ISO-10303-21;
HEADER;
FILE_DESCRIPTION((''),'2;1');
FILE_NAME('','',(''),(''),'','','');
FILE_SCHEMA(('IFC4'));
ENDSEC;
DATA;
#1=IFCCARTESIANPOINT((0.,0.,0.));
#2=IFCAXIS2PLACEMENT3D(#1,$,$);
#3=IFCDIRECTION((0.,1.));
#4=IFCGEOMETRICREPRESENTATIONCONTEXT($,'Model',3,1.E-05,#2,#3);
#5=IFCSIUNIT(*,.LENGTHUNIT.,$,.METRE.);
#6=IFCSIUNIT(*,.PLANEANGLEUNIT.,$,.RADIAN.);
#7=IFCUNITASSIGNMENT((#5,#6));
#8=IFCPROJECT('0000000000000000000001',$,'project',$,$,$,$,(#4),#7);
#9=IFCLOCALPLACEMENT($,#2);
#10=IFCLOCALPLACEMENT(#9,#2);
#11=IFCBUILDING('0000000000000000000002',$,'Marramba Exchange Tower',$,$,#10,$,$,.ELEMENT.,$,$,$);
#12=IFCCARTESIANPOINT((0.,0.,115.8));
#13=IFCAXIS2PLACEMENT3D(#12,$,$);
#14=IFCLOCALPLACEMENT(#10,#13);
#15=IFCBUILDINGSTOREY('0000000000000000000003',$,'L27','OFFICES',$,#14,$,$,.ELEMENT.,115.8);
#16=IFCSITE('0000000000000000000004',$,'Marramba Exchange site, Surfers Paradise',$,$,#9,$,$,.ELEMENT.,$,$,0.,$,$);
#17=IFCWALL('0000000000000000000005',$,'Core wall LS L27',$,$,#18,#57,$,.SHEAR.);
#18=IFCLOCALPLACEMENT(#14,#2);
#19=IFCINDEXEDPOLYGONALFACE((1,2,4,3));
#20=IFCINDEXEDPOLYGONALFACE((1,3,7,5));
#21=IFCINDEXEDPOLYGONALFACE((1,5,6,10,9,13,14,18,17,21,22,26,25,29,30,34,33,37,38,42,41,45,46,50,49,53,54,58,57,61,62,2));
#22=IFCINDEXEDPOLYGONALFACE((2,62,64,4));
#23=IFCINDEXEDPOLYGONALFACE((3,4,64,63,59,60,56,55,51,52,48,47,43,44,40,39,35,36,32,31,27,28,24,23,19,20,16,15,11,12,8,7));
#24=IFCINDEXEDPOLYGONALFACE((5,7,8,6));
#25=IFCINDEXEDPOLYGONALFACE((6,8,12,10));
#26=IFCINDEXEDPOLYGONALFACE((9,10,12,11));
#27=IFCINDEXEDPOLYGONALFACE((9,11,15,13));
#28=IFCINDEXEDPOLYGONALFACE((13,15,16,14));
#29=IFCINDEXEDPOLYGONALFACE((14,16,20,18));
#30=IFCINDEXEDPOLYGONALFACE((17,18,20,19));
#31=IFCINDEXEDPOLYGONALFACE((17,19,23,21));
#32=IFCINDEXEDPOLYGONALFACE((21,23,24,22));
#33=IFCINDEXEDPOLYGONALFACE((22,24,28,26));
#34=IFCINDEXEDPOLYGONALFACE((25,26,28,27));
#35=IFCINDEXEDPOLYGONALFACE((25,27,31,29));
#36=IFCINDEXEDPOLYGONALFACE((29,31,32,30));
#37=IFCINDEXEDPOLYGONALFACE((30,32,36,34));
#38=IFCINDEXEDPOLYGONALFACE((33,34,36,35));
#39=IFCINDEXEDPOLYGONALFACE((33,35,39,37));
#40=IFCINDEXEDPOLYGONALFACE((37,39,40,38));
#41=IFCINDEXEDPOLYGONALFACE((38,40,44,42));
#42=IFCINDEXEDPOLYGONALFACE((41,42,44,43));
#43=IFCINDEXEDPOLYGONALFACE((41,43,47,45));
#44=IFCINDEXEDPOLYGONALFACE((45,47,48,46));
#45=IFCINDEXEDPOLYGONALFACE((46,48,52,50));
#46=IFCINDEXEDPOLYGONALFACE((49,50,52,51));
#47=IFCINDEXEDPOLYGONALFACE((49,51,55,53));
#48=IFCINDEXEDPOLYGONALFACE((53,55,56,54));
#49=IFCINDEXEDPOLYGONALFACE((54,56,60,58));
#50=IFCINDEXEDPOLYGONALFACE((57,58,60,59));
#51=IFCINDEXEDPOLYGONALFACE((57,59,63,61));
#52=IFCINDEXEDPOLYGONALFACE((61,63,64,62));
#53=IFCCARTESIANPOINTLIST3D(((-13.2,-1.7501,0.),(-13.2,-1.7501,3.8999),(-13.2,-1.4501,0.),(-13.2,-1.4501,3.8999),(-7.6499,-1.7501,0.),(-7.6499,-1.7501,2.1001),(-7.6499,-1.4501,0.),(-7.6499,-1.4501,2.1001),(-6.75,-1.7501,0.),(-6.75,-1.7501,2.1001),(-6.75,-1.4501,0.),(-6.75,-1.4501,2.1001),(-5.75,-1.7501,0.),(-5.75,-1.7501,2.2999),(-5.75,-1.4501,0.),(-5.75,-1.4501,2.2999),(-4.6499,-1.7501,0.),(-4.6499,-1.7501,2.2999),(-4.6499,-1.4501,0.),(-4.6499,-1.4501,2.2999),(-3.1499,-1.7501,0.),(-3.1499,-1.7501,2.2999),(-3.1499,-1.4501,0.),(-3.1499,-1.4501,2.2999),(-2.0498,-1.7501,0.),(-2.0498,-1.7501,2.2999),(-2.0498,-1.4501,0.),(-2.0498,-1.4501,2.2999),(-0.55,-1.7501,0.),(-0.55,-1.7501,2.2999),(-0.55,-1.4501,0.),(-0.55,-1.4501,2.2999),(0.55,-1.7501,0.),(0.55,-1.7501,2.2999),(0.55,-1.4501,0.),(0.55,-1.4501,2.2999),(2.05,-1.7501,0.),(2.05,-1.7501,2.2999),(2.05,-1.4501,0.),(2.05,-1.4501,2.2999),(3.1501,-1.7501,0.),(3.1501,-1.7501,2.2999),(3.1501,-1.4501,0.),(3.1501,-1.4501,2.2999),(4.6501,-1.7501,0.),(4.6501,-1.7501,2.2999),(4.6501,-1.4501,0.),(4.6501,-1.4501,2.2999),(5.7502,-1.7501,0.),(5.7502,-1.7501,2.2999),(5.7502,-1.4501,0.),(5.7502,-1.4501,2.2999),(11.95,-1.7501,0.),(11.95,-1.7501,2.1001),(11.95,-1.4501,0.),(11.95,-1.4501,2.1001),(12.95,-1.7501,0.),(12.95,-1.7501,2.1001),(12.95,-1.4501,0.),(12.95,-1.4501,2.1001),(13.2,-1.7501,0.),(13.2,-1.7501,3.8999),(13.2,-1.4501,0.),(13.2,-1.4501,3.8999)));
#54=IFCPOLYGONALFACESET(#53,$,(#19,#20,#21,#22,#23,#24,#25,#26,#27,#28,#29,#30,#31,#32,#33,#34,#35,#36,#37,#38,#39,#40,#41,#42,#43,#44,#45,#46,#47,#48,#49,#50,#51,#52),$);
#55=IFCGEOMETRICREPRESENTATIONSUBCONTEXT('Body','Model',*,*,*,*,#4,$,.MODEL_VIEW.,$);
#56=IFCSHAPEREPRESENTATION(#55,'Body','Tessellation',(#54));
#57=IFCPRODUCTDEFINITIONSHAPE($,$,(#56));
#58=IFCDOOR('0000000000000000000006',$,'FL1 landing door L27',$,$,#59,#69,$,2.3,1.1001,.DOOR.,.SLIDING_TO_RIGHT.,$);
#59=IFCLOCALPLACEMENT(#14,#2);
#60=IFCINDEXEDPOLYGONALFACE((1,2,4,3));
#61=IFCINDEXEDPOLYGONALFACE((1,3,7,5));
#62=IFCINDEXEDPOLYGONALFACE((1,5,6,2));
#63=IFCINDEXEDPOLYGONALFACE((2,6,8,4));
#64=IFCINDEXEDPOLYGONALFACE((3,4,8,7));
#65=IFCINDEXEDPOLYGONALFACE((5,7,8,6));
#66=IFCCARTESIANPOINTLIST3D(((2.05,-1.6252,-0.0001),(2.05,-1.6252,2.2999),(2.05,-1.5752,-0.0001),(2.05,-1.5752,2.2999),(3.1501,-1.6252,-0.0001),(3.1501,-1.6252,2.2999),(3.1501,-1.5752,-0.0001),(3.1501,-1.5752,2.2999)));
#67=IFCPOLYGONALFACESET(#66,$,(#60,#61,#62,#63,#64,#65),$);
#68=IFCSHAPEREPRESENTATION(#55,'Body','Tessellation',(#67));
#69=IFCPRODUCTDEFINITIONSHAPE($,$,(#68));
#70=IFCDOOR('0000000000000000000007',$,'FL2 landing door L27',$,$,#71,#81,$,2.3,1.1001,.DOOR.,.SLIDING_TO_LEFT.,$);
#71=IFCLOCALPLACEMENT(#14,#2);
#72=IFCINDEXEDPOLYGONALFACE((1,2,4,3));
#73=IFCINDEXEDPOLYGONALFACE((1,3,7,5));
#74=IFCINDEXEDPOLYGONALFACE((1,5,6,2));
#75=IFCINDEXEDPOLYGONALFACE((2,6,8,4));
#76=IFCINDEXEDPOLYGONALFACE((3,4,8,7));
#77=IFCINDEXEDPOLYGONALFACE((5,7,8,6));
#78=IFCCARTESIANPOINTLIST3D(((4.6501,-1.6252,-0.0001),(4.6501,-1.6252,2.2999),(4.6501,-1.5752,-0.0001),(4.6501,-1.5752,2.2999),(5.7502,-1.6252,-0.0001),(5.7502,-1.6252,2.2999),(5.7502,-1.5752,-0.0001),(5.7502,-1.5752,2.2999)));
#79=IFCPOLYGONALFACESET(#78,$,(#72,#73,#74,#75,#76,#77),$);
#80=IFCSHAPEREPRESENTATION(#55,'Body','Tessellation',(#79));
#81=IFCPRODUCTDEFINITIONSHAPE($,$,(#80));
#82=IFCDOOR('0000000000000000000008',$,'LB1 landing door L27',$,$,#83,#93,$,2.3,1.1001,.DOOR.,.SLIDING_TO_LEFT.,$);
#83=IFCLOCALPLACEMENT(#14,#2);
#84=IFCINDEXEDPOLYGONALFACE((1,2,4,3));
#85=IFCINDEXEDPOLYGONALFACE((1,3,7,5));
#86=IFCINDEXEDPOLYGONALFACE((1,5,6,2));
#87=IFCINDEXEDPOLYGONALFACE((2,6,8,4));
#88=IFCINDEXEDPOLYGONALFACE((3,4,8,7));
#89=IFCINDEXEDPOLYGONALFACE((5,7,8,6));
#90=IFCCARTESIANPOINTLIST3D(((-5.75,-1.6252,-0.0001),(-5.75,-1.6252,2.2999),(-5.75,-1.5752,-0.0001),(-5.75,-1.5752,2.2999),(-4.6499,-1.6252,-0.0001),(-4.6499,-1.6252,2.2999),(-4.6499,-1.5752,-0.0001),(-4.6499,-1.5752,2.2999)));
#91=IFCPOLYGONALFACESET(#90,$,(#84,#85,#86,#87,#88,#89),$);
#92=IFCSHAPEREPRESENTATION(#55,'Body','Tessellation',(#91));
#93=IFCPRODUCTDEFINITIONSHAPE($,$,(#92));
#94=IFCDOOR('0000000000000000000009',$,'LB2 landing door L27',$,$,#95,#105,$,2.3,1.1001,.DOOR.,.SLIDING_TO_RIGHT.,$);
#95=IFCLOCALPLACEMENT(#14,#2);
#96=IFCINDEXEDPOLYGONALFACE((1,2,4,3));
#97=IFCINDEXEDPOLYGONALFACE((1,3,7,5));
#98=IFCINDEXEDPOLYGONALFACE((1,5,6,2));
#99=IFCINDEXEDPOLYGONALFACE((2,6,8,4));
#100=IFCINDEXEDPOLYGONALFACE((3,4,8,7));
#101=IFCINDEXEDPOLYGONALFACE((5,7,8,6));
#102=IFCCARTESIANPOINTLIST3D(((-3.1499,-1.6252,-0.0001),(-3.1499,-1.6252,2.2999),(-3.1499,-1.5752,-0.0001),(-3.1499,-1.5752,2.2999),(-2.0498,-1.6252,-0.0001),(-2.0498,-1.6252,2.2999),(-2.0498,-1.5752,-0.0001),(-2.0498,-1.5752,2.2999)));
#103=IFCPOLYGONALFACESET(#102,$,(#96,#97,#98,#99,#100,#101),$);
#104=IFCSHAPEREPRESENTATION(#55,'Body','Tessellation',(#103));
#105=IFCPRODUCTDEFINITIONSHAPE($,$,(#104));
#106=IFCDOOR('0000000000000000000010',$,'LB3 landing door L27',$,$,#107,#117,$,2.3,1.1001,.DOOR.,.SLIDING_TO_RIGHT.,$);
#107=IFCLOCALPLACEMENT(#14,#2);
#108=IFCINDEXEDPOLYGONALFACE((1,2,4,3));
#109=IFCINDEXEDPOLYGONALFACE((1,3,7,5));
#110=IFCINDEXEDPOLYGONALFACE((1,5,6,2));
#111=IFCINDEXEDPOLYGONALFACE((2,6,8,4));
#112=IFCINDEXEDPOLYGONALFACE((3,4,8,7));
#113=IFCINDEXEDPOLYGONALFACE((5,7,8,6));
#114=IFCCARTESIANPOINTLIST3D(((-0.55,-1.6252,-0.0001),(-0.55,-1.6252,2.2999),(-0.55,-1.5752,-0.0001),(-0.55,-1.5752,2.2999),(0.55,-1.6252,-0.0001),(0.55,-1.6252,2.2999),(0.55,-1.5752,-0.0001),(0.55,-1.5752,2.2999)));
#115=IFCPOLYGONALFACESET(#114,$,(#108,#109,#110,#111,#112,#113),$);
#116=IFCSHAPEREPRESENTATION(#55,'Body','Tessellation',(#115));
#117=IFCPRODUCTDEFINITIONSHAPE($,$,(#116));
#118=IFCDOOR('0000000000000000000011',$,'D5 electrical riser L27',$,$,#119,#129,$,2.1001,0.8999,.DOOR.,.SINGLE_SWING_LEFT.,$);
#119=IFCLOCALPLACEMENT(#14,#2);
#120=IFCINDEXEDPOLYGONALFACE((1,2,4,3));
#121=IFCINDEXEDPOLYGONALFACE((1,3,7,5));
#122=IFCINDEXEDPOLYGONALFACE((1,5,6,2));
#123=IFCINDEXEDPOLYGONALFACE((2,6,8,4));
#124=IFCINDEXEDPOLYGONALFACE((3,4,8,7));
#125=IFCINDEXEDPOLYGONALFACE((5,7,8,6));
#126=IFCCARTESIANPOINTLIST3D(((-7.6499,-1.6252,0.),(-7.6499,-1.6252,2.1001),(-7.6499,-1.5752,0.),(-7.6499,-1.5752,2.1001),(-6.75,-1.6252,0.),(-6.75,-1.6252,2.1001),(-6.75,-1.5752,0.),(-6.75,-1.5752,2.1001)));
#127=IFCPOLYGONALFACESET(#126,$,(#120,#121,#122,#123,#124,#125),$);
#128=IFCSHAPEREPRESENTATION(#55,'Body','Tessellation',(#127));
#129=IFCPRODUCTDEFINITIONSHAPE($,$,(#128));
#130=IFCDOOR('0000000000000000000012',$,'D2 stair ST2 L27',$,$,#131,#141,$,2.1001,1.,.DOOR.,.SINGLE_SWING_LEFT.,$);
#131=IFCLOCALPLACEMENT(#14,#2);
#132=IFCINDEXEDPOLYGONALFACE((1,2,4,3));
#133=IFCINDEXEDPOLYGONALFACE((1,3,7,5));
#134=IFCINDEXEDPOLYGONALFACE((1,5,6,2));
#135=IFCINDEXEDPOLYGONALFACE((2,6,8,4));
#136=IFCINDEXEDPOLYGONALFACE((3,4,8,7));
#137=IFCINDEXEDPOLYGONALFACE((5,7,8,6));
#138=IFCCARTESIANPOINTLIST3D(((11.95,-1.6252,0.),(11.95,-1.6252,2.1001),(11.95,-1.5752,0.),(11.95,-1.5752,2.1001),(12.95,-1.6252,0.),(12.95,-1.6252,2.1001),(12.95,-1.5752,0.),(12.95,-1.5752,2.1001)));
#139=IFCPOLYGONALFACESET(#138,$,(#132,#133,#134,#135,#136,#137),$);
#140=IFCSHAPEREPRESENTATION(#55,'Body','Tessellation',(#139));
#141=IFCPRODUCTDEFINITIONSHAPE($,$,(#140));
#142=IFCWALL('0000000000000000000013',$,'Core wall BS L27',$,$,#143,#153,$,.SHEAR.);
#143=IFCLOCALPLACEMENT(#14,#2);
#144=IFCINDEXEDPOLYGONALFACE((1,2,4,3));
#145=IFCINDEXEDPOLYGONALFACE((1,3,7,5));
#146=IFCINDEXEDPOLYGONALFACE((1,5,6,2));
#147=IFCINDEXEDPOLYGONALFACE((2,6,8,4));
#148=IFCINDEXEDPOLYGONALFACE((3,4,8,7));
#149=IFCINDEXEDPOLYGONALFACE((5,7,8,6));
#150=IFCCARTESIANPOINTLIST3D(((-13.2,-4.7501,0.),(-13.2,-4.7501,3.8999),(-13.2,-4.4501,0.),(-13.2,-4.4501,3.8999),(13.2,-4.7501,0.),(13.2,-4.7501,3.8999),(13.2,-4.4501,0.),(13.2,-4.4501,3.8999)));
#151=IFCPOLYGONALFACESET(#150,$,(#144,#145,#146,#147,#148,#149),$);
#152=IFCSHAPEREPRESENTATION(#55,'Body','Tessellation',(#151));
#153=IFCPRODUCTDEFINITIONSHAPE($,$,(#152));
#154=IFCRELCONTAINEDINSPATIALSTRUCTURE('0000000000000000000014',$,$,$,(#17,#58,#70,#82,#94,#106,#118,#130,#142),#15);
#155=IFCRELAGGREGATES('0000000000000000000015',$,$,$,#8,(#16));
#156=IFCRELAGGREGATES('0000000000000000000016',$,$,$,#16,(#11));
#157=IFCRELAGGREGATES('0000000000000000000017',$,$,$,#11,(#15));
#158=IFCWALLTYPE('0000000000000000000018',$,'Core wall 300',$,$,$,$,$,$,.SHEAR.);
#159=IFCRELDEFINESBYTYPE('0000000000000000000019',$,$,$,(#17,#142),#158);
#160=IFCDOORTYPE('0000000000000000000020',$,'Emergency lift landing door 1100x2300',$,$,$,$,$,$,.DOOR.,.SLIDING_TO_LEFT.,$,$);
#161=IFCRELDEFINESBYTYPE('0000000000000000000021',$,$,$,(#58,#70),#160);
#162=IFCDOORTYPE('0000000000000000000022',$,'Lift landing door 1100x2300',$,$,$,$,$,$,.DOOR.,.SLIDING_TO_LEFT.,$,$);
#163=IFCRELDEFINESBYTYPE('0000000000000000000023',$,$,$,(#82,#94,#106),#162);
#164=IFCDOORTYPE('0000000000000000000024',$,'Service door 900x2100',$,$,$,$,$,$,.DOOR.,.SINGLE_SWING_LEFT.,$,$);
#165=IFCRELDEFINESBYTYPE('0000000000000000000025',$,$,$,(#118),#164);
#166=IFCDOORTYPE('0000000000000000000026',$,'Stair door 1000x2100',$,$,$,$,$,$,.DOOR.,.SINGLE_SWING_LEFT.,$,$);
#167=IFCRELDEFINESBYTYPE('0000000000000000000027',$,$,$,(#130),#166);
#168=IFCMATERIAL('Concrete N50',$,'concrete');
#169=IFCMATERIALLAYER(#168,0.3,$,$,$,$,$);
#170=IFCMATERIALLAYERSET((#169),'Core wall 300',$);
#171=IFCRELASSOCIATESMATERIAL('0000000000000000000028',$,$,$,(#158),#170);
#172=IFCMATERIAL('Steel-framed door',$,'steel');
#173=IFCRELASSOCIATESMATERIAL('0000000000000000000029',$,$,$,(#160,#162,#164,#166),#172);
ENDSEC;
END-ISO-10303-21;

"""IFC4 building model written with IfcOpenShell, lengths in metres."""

from ifc_helpers import new_model, si_unit, direction, frame, frame_2d, origin, place, context, subcontext, project, spatial, rectangle, extrude, material, layer, layer_set, type_object, element, fill, save


model = new_model("IFC4")

# Units and contexts
model_context = context("Model", 3, precision=1e-05, world=origin(), true_north=direction((0.0, 1.0)))
body_context = subcontext(model_context, "Body", "Model", "MODEL_VIEW")
ifc_project = project(units=[si_unit("LENGTHUNIT", "METRE"), si_unit("PLANEANGLEUNIT", "RADIAN")], contexts=[model_context])

# Site, building, storey
site_placement = place(None, origin())
site = spatial("IfcSite", under=ifc_project, at=site_placement, Name="Marramba Exchange site, Surfers Paradise", CompositionType="ELEMENT", RefElevation=0.0)
building_placement = place(site_placement, origin())
building = spatial("IfcBuilding", under=site, at=building_placement, Name="Marramba Exchange Tower", CompositionType="ELEMENT")
storey_placement = place(building_placement, frame((0.0, 0.0, 115.8)))
storey = spatial("IfcBuildingStorey", under=building, at=storey_placement, Name="L27", Description="OFFICES", CompositionType="ELEMENT", Elevation=115.8)

# Shared definitions
ifc_material_1 = material(Name="Concrete N50", Category="concrete")

# Wall, openings, doors
ifc_layer_1 = layer(ifc_material_1, 0.3)
ifc_layer_set_1 = layer_set([ifc_layer_1], Name="Core wall 300")
wall_type_1 = type_object("IfcWallType", Name="Core wall 300", PredefinedType="SHEAR", material=ifc_layer_set_1)
wall_1_placement = place(storey_placement, frame((-13.2, -1.6001, 0.0), z_axis=(0.0, 0.0, 1.0), x_axis=(1.0, 0.0, 0.0)))
wall_1 = element("IfcWall", 1, at=wall_1_placement, inside=storey, type_object=wall_type_1, Name="Core wall LS L27", PredefinedType="SHEAR", context=body_context, shape_type="SweptSolid", body=[
    extrude(rectangle(XDim=26.3999, YDim=0.3, at=frame_2d((13.2, 0.0))), origin(), (0.0, 0.0, 1.0), 3.8999),
])
opening_1_placement = place(wall_1_placement, frame((25.1499, 0.0, 0.0)))
opening_1 = element("IfcOpeningElement", 2, at=opening_1_placement, cuts=wall_1, PredefinedType="OPENING", context=body_context, shape_type="SweptSolid", body=[
    extrude(rectangle(XDim=1.0, YDim=2.1001, at=frame_2d((0.5, 1.05))), frame((0.0, 0.1599, 0.0), z_axis=(0.0, -1.0, 0.0), x_axis=(1.0, 0.0, 0.0)), (0.0, 0.0, 1.0), 0.3201),
])
opening_2_placement = place(wall_1_placement, frame((7.45, 0.0, 0.0)))
opening_2 = element("IfcOpeningElement", 3, at=opening_2_placement, cuts=wall_1, PredefinedType="OPENING", context=body_context, shape_type="SweptSolid", body=[
    extrude(rectangle(XDim=1.1001, YDim=2.3, at=frame_2d((0.55, 1.1499))), frame((0.0, 0.1599, 0.0), z_axis=(0.0, -1.0, 0.0), x_axis=(1.0, 0.0, 0.0)), (0.0, 0.0, 1.0), 0.3201),
])
opening_3_placement = place(wall_1_placement, frame((10.05, 0.0, 0.0)))
opening_3 = element("IfcOpeningElement", 4, at=opening_3_placement, cuts=wall_1, PredefinedType="OPENING", context=body_context, shape_type="SweptSolid", body=[
    extrude(rectangle(XDim=1.1001, YDim=2.3, at=frame_2d((0.55, 1.1499))), frame((0.0, 0.1599, 0.0), z_axis=(0.0, -1.0, 0.0), x_axis=(1.0, 0.0, 0.0)), (0.0, 0.0, 1.0), 0.3201),
])
opening_4_placement = place(wall_1_placement, frame((12.6499, 0.0, 0.0)))
opening_4 = element("IfcOpeningElement", 5, at=opening_4_placement, cuts=wall_1, PredefinedType="OPENING", context=body_context, shape_type="SweptSolid", body=[
    extrude(rectangle(XDim=1.1001, YDim=2.3, at=frame_2d((0.55, 1.1499))), frame((0.0, 0.1599, 0.0), z_axis=(0.0, -1.0, 0.0), x_axis=(1.0, 0.0, 0.0)), (0.0, 0.0, 1.0), 0.3201),
])
opening_5_placement = place(wall_1_placement, frame((15.25, 0.0, 0.0)))
opening_5 = element("IfcOpeningElement", 6, at=opening_5_placement, cuts=wall_1, PredefinedType="OPENING", context=body_context, shape_type="SweptSolid", body=[
    extrude(rectangle(XDim=1.1001, YDim=2.3, at=frame_2d((0.55, 1.1499))), frame((0.0, 0.1599, 0.0), z_axis=(0.0, -1.0, 0.0), x_axis=(1.0, 0.0, 0.0)), (0.0, 0.0, 1.0), 0.3201),
])
opening_6_placement = place(wall_1_placement, frame((17.8501, 0.0, 0.0)))
opening_6 = element("IfcOpeningElement", 7, at=opening_6_placement, cuts=wall_1, PredefinedType="OPENING", context=body_context, shape_type="SweptSolid", body=[
    extrude(rectangle(XDim=1.1001, YDim=2.3, at=frame_2d((0.55, 1.1499))), frame((0.0, 0.1599, 0.0), z_axis=(0.0, -1.0, 0.0), x_axis=(1.0, 0.0, 0.0)), (0.0, 0.0, 1.0), 0.3201),
])
opening_7_placement = place(wall_1_placement, frame((5.55, 0.0, 0.0)))
opening_7 = element("IfcOpeningElement", 8, at=opening_7_placement, cuts=wall_1, PredefinedType="OPENING", context=body_context, shape_type="SweptSolid", body=[
    extrude(rectangle(XDim=0.8999, YDim=2.1001, at=frame_2d((0.45, 1.05))), frame((0.0, 0.1599, 0.0), z_axis=(0.0, -1.0, 0.0), x_axis=(1.0, 0.0, 0.0)), (0.0, 0.0, 1.0), 0.3201),
])
ifc_material_2 = material(Name="Steel-framed door", Category="steel")
door_type_1 = type_object("IfcDoorType", Name="Emergency lift landing door 1100x2300", OperationType="SLIDING_TO_LEFT", PredefinedType="DOOR", material=ifc_material_2)
door_1_placement = place(opening_5_placement, frame((1.1001, 0.0, 0.0), z_axis=(0.0, 0.0, 1.0), x_axis=(-1.0, 0.0, 0.0)))
door_1 = element("IfcDoor", 9, at=door_1_placement, inside=storey, type_object=door_type_1, Name="FL1 landing door L27", OperationType="SLIDING_TO_RIGHT", OverallHeight=2.3, OverallWidth=1.1001, PredefinedType="DOOR", context=body_context, shape_type="SweptSolid", body=[
    extrude(rectangle(XDim=1.1001, YDim=2.3, at=frame_2d((0.55, 1.1499))), frame((0.0, 0.0251, 0.0), z_axis=(0.0, -1.0, 0.0), x_axis=(1.0, 0.0, 0.0)), (0.0, 0.0, 1.0), 0.05),
])
fill(opening_5, door_1)
door_2_placement = place(opening_6_placement, frame((1.1001, 0.0, 0.0), z_axis=(0.0, 0.0, 1.0), x_axis=(-1.0, 0.0, 0.0)))
door_2 = element("IfcDoor", 10, at=door_2_placement, inside=storey, type_object=door_type_1, Name="FL2 landing door L27", OperationType="SLIDING_TO_LEFT", OverallHeight=2.3, OverallWidth=1.1001, PredefinedType="DOOR", context=body_context, shape_type="SweptSolid", body=[
    extrude(rectangle(XDim=1.1001, YDim=2.3, at=frame_2d((0.55, 1.1499))), frame((0.0, 0.0251, 0.0), z_axis=(0.0, -1.0, 0.0), x_axis=(1.0, 0.0, 0.0)), (0.0, 0.0, 1.0), 0.05),
])
fill(opening_6, door_2)
door_type_2 = type_object("IfcDoorType", Name="Lift landing door 1100x2300", OperationType="SLIDING_TO_LEFT", PredefinedType="DOOR", material=ifc_material_2)
door_3_placement = place(opening_2_placement, frame((1.1001, 0.0, 0.0), z_axis=(0.0, 0.0, 1.0), x_axis=(-1.0, 0.0, 0.0)))
door_3 = element("IfcDoor", 11, at=door_3_placement, inside=storey, type_object=door_type_2, Name="LB1 landing door L27", OperationType="SLIDING_TO_LEFT", OverallHeight=2.3, OverallWidth=1.1001, PredefinedType="DOOR", context=body_context, shape_type="SweptSolid", body=[
    extrude(rectangle(XDim=1.1001, YDim=2.3, at=frame_2d((0.55, 1.1499))), frame((0.0, 0.0251, 0.0), z_axis=(0.0, -1.0, 0.0), x_axis=(1.0, 0.0, 0.0)), (0.0, 0.0, 1.0), 0.05),
])
fill(opening_2, door_3)
door_4_placement = place(opening_3_placement, frame((1.1001, 0.0, 0.0), z_axis=(0.0, 0.0, 1.0), x_axis=(-1.0, 0.0, 0.0)))
door_4 = element("IfcDoor", 12, at=door_4_placement, inside=storey, type_object=door_type_2, Name="LB2 landing door L27", OperationType="SLIDING_TO_RIGHT", OverallHeight=2.3, OverallWidth=1.1001, PredefinedType="DOOR", context=body_context, shape_type="SweptSolid", body=[
    extrude(rectangle(XDim=1.1001, YDim=2.3, at=frame_2d((0.55, 1.1499))), frame((0.0, 0.0251, 0.0), z_axis=(0.0, -1.0, 0.0), x_axis=(1.0, 0.0, 0.0)), (0.0, 0.0, 1.0), 0.05),
])
fill(opening_3, door_4)
door_5_placement = place(opening_4_placement, frame((1.1001, 0.0, 0.0), z_axis=(0.0, 0.0, 1.0), x_axis=(-1.0, 0.0, 0.0)))
door_5 = element("IfcDoor", 13, at=door_5_placement, inside=storey, type_object=door_type_2, Name="LB3 landing door L27", OperationType="SLIDING_TO_RIGHT", OverallHeight=2.3, OverallWidth=1.1001, PredefinedType="DOOR", context=body_context, shape_type="SweptSolid", body=[
    extrude(rectangle(XDim=1.1001, YDim=2.3, at=frame_2d((0.55, 1.1499))), frame((0.0, 0.0251, 0.0), z_axis=(0.0, -1.0, 0.0), x_axis=(1.0, 0.0, 0.0)), (0.0, 0.0, 1.0), 0.05),
])
fill(opening_4, door_5)
door_type_3 = type_object("IfcDoorType", Name="Service door 900x2100", OperationType="SINGLE_SWING_LEFT", PredefinedType="DOOR", material=ifc_material_2)
door_6_placement = place(opening_7_placement, frame((0.8999, 0.0, 0.0), z_axis=(0.0, 0.0, 1.0), x_axis=(-1.0, 0.0, 0.0)))
door_6 = element("IfcDoor", 14, at=door_6_placement, inside=storey, type_object=door_type_3, Name="D5 electrical riser L27", OperationType="SINGLE_SWING_LEFT", OverallHeight=2.1001, OverallWidth=0.8999, PredefinedType="DOOR", context=body_context, shape_type="SweptSolid", body=[
    extrude(rectangle(XDim=0.8999, YDim=2.1001, at=frame_2d((0.45, 1.05))), frame((0.0, 0.0251, 0.0), z_axis=(0.0, -1.0, 0.0), x_axis=(1.0, 0.0, 0.0)), (0.0, 0.0, 1.0), 0.05),
])
fill(opening_7, door_6)
door_type_4 = type_object("IfcDoorType", Name="Stair door 1000x2100", OperationType="SINGLE_SWING_LEFT", PredefinedType="DOOR", material=ifc_material_2)
door_7_placement = place(opening_1_placement, frame((1.0, 0.0, 0.0), z_axis=(0.0, 0.0, 1.0), x_axis=(-1.0, 0.0, 0.0)))
door_7 = element("IfcDoor", 15, at=door_7_placement, inside=storey, type_object=door_type_4, Name="D2 stair ST2 L27", OperationType="SINGLE_SWING_LEFT", OverallHeight=2.1001, OverallWidth=1.0, PredefinedType="DOOR", context=body_context, shape_type="SweptSolid", body=[
    extrude(rectangle(XDim=1.0, YDim=2.1001, at=frame_2d((0.5, 1.05))), frame((0.0, 0.0251, 0.0), z_axis=(0.0, -1.0, 0.0), x_axis=(1.0, 0.0, 0.0)), (0.0, 0.0, 1.0), 0.05),
])
fill(opening_1, door_7)

# Wall
wall_2_placement = place(storey_placement, frame((-13.2, -4.6001, 0.0), z_axis=(0.0, 0.0, 1.0), x_axis=(1.0, 0.0, 0.0)))
element("IfcWall", 16, at=wall_2_placement, inside=storey, type_object=wall_type_1, Name="Core wall BS L27", PredefinedType="SHEAR", context=body_context, shape_type="SweptSolid", body=[
    extrude(rectangle(XDim=26.3999, YDim=0.3, at=frame_2d((13.2, 0.0))), origin(), (0.0, 0.0, 1.0), 3.8999),
])

save(model, "model.ifc")
